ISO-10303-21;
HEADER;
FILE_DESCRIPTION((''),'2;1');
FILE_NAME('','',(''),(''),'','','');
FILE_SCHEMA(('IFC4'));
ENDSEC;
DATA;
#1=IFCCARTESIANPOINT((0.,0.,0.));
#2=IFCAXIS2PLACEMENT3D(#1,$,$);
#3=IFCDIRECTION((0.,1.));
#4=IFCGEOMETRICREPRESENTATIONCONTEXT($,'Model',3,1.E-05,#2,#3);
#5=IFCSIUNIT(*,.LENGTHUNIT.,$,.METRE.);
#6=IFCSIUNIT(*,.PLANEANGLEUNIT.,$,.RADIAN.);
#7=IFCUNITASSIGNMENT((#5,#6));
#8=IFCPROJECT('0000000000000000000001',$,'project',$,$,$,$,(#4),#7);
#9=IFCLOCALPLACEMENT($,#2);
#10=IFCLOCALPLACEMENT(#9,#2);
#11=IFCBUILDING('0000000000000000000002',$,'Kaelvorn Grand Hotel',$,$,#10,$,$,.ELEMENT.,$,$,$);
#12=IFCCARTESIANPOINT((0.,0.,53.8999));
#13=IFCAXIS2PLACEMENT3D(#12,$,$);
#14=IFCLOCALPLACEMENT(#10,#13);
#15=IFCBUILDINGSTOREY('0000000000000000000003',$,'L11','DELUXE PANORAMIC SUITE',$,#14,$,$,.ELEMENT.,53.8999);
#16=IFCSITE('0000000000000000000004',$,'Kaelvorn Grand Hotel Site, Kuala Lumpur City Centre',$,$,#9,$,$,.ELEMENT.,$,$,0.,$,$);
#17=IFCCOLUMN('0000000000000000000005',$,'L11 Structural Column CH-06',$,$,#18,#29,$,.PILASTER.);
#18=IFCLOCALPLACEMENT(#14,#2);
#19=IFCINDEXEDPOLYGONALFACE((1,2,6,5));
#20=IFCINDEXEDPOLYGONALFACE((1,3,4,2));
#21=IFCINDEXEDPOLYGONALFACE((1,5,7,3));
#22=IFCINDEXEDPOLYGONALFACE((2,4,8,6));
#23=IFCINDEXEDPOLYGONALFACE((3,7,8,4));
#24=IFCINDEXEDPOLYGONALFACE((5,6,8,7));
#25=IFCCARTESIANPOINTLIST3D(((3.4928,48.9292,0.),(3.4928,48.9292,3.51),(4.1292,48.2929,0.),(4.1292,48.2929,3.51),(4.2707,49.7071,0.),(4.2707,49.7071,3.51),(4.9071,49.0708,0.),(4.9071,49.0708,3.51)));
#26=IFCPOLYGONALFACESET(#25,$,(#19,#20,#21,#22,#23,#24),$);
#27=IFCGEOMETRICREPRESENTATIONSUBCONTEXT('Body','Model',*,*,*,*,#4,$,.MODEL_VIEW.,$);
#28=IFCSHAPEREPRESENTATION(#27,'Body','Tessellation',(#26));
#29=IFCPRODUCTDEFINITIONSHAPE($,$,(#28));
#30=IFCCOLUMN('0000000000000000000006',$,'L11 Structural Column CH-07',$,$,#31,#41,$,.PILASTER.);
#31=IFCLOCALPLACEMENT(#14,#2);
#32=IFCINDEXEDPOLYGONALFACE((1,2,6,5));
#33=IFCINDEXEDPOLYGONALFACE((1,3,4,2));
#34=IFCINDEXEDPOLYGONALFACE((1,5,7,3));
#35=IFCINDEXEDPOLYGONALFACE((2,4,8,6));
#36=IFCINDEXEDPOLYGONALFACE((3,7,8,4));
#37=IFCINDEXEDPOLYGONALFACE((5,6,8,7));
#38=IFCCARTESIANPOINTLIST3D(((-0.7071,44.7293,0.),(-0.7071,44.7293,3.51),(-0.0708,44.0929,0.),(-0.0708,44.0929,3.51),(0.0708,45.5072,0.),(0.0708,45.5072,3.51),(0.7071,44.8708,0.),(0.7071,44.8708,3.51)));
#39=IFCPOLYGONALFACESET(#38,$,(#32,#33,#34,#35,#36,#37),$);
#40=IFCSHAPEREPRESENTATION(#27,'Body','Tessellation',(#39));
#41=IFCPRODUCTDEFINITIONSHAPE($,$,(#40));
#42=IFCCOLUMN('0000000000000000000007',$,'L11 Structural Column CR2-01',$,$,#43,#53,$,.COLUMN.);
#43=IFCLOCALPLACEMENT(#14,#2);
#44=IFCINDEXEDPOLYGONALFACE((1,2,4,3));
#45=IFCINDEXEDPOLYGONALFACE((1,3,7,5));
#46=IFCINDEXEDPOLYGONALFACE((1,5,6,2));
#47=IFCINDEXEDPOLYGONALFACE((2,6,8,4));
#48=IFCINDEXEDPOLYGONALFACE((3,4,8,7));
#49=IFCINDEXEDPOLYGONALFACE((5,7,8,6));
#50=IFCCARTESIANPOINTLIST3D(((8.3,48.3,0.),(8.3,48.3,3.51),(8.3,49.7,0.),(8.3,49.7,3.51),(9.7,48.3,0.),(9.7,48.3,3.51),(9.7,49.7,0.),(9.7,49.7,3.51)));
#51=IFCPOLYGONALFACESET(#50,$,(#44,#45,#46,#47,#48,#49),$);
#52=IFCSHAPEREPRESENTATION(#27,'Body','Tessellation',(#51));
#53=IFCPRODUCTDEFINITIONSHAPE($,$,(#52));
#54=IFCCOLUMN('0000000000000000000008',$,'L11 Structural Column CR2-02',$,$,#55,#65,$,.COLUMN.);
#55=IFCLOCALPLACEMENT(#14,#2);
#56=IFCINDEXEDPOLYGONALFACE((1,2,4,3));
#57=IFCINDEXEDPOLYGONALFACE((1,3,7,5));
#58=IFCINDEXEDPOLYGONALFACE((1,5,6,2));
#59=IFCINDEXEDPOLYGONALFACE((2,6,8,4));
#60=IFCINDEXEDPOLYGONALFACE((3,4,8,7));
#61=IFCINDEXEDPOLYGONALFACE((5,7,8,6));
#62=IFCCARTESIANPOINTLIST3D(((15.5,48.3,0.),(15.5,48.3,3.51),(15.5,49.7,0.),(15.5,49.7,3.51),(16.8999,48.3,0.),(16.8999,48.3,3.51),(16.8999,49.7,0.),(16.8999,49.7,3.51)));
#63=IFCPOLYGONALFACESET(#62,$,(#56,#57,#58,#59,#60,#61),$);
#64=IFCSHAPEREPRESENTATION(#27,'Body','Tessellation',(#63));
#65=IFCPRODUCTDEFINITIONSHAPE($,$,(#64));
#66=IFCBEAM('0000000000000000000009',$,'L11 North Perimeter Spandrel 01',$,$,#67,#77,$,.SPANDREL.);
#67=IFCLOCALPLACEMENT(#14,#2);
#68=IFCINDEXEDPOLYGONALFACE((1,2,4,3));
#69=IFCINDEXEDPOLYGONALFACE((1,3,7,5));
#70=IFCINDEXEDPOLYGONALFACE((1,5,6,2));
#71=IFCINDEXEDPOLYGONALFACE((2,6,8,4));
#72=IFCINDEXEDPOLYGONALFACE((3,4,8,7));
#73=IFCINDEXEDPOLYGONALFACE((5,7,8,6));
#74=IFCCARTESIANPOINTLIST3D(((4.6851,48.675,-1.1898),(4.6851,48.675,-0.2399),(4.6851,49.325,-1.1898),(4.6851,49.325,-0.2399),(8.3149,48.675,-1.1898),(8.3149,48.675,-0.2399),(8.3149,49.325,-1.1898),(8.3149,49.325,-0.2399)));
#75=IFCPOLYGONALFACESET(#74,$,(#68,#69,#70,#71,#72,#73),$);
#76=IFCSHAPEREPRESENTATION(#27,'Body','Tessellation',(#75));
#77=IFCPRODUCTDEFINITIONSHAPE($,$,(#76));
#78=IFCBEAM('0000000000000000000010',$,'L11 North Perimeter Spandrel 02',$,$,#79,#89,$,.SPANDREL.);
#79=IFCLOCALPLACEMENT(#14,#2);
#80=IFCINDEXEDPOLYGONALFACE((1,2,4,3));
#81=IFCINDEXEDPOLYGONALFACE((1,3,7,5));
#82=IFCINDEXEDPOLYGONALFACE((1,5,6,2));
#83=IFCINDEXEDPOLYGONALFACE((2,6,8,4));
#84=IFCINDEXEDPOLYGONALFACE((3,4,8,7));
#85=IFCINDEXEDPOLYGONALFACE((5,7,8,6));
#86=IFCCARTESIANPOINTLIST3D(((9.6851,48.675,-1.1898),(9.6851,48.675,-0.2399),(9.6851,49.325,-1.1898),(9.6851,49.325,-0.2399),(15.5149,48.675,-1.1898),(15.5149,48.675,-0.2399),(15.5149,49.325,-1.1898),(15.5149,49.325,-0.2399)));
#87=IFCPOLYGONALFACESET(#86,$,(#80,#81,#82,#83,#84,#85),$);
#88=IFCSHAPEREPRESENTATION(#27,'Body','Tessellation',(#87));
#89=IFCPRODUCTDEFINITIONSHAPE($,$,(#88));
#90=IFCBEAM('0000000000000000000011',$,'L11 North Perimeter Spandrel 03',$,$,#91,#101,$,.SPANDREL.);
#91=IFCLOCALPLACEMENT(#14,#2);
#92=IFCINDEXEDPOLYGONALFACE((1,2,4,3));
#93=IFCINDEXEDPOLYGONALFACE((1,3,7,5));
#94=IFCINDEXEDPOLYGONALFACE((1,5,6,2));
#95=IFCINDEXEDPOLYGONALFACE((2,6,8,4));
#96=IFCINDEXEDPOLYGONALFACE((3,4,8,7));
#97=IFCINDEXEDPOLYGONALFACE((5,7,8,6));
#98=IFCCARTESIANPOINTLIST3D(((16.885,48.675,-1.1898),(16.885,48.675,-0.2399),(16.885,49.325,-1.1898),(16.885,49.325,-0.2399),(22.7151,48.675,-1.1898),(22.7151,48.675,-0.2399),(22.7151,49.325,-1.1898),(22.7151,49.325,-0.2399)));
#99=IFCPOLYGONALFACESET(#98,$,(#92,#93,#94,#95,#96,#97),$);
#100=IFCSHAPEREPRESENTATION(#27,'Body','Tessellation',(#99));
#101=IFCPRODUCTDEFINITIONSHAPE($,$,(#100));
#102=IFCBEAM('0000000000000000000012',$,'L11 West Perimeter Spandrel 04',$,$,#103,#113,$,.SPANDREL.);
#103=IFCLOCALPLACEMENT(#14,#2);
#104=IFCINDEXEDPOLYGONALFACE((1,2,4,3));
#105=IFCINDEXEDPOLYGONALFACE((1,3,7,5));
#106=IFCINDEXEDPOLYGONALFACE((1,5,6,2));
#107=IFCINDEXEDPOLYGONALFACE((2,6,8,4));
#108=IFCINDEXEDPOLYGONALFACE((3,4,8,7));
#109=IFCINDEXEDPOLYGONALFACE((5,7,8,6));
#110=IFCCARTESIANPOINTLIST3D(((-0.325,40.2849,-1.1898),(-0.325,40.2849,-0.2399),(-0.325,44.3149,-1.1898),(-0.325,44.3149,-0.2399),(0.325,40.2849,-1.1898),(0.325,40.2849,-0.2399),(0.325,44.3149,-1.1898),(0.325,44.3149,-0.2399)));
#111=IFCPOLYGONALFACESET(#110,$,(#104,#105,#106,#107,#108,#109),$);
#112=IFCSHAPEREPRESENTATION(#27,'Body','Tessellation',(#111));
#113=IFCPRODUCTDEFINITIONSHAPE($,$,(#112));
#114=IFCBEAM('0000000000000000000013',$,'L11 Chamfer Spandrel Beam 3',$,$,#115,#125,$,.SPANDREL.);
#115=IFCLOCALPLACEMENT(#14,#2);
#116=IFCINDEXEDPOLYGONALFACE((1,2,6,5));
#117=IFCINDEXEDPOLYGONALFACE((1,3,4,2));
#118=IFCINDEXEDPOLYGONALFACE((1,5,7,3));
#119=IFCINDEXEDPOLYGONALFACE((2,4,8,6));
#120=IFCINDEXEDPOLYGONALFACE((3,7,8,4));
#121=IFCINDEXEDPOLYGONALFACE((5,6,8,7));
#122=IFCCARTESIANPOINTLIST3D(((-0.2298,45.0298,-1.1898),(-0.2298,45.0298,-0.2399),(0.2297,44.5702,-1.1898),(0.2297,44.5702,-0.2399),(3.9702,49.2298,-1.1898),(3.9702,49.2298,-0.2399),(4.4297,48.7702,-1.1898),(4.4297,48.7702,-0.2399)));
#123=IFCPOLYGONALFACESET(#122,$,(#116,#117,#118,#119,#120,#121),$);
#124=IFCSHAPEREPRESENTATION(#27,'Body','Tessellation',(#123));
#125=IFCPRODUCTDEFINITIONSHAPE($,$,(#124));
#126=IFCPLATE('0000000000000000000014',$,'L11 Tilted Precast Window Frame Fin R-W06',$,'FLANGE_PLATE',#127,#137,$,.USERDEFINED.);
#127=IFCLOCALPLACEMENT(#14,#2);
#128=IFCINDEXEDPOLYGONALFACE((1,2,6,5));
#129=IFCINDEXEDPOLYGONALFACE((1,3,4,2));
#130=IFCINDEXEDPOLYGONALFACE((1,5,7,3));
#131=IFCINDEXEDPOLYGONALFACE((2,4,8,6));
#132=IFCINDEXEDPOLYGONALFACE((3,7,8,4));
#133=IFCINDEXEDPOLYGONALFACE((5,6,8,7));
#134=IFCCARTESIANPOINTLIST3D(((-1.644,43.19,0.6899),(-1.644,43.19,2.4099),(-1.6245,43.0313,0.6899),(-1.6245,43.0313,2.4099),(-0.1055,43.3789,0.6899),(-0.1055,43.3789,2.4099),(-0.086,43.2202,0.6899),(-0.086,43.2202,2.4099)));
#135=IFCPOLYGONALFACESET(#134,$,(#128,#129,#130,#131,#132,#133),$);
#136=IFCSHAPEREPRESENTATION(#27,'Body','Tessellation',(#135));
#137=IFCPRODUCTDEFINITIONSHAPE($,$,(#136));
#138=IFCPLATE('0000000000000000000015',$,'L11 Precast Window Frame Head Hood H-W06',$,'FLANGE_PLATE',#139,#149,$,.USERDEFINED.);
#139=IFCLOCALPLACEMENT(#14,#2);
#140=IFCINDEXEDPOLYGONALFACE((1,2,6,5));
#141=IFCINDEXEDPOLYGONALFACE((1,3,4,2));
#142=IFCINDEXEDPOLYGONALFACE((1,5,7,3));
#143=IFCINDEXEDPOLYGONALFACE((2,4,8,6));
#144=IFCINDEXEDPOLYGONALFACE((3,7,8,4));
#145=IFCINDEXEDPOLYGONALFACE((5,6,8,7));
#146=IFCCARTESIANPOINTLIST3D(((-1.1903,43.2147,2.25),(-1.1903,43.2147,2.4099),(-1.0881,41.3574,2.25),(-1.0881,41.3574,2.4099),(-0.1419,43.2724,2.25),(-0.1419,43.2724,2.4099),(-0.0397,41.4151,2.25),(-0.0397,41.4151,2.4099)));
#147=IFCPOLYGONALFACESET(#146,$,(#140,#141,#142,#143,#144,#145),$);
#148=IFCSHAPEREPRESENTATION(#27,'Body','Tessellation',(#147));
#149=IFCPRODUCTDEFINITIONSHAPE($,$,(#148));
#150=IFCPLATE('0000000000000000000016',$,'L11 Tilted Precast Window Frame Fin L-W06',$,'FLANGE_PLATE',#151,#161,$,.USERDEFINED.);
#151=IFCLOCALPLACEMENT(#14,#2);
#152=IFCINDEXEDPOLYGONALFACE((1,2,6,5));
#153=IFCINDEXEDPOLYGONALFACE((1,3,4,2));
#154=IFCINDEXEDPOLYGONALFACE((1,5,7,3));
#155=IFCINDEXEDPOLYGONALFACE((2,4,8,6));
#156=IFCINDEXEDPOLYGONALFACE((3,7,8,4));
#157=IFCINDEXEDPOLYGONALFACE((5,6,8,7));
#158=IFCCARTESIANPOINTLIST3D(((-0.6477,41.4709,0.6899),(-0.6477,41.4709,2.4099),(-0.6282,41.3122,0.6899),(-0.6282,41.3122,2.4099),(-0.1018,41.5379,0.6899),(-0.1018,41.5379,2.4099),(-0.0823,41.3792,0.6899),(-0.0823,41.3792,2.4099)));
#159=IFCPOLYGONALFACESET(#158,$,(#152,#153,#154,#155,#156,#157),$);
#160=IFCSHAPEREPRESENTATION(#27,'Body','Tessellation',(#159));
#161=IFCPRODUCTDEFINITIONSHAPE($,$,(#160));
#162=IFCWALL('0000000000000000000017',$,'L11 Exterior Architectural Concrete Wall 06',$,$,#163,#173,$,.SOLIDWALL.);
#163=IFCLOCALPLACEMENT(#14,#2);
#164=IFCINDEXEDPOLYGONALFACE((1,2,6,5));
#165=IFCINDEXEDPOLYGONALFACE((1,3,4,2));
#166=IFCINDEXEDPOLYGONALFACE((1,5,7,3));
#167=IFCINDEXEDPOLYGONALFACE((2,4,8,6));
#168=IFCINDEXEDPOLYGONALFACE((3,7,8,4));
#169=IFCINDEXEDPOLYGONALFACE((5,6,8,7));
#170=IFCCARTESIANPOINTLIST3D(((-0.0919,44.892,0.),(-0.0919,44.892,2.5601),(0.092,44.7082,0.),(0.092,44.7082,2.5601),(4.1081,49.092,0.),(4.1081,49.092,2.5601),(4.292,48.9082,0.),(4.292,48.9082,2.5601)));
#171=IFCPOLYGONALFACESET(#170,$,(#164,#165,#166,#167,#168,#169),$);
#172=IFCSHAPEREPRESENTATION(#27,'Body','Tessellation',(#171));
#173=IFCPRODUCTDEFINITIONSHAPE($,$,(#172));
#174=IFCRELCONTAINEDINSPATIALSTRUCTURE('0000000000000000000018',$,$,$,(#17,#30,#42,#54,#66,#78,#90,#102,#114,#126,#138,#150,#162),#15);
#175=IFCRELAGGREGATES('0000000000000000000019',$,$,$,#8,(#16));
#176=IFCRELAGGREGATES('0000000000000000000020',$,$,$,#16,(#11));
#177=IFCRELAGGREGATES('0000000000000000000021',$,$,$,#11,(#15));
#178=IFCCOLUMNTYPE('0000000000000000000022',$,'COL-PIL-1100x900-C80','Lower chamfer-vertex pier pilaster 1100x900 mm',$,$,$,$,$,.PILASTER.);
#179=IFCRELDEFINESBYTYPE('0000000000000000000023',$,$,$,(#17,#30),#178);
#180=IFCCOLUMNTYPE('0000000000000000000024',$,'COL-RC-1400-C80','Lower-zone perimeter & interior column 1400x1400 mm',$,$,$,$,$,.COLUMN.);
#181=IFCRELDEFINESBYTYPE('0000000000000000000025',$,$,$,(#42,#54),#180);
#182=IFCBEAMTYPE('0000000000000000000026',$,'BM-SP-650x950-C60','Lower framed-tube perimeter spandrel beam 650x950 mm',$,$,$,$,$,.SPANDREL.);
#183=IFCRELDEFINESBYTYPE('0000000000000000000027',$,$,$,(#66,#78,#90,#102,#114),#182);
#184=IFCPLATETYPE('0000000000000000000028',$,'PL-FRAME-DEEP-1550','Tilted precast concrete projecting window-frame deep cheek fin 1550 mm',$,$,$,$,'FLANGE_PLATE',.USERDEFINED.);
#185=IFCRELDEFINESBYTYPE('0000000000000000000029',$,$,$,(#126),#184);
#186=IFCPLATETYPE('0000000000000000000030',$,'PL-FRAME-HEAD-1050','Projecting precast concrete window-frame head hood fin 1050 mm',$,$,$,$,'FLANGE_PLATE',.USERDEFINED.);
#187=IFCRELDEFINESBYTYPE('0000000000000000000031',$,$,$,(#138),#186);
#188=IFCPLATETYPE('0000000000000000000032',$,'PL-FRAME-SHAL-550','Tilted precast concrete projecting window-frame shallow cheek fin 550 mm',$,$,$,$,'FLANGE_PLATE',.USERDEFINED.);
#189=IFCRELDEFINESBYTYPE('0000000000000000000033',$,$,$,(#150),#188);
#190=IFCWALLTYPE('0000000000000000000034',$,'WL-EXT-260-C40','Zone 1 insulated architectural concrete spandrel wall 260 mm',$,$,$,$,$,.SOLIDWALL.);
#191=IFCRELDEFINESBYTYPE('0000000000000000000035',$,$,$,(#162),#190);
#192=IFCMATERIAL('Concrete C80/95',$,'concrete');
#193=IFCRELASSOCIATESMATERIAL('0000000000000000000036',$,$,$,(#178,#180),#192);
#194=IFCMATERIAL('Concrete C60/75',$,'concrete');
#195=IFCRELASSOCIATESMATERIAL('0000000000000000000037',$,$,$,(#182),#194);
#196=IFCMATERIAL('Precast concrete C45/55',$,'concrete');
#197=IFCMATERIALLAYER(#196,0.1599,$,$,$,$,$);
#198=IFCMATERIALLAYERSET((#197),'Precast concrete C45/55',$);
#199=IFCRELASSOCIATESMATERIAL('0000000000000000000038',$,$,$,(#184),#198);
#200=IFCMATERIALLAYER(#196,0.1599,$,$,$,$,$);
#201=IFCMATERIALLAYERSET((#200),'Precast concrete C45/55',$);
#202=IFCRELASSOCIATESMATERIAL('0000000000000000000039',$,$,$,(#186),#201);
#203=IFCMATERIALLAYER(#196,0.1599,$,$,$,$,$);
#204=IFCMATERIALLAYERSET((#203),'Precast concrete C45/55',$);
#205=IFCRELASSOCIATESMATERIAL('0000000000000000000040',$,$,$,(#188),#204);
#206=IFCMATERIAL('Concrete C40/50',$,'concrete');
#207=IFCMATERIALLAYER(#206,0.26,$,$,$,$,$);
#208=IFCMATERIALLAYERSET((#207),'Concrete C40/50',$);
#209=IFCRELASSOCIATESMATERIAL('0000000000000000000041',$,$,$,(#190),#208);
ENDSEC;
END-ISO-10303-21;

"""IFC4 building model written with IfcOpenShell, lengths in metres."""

from ifc_helpers import new_model, si_unit, direction, frame, frame_2d, origin, origin_2d, place, context, subcontext, project, spatial, rectangle, extrude, material, layer, layer_set, material_profile, profile_set, type_object, element, save


model = new_model("IFC4")

# Units and contexts
model_context = context("Model", 3, precision=1e-05, world=origin(), true_north=direction((0.0, 1.0)))
body_context = subcontext(model_context, "Body", "Model", "MODEL_VIEW")
ifc_project = project(units=[si_unit("LENGTHUNIT", "METRE"), si_unit("PLANEANGLEUNIT", "RADIAN")], contexts=[model_context])

# Site, building, storey
site_placement = place(None, origin())
site = spatial("IfcSite", under=ifc_project, at=site_placement, Name="Kaelvorn Grand Hotel Site, Kuala Lumpur City Centre", CompositionType="ELEMENT", RefElevation=0.0)
building_placement = place(site_placement, origin())
building = spatial("IfcBuilding", under=site, at=building_placement, Name="Kaelvorn Grand Hotel", CompositionType="ELEMENT")
storey_placement = place(building_placement, frame((0.0, 0.0, 53.8999)))
storey = spatial("IfcBuildingStorey", under=building, at=storey_placement, Name="L11", Description="DELUXE PANORAMIC SUITE", CompositionType="ELEMENT", Elevation=53.8999)

# Columns
ifc_material_1 = material(Name="Concrete C80/95", Category="concrete")
ifc_material_profile_1 = material_profile(ifc_material_1, rectangle(XDim=1.1001, YDim=0.8999, at=origin_2d()), Name="RC PILASTER 1100x900")
ifc_profile_set_1 = profile_set([ifc_material_profile_1], Name="Concrete C80/95")
column_type_1 = type_object("IfcColumnType", Name="COL-PIL-1100x900-C80", Description="Lower chamfer-vertex pier pilaster 1100x900 mm", PredefinedType="PILASTER", material=ifc_profile_set_1)
for number, where, z_axis, x_axis, name in (
    (1, (4.2, 49.0, 0.0), (0.0, 0.0, 1.0), (0.707107, 0.707107, 0.0), "L11 Structural Column CH-06"),
    (2, (0.0, 44.8, 0.0), (0.0, 0.0, 1.0), (0.707107, 0.707107, 0.0), "L11 Structural Column CH-07"),
):
    element("IfcColumn", number, at=place(storey_placement, frame(where, z_axis=z_axis, x_axis=x_axis)), inside=storey, type_object=column_type_1, Name=name, PredefinedType="PILASTER", context=body_context, shape_type="SweptSolid", body=[
        extrude(rectangle(XDim=1.1001, YDim=0.8999, at=origin_2d()), origin(), (0.0, 0.0, 1.0), 3.51),
    ])
ifc_material_profile_2 = material_profile(ifc_material_1, rectangle(XDim=1.3999, YDim=1.3999, at=origin_2d()), Name="RC COL 1400x1400")
ifc_profile_set_2 = profile_set([ifc_material_profile_2], Name="Concrete C80/95")
column_type_2 = type_object("IfcColumnType", Name="COL-RC-1400-C80", Description="Lower-zone perimeter & interior column 1400x1400 mm", PredefinedType="COLUMN", material=ifc_profile_set_2)
for number, where, z_axis, x_axis, name in (
    (3, (9.0, 49.0, 0.0), (0.0, 0.0, 1.0), (1.0, 0.0, 0.0), "L11 Structural Column CR2-01"),
    (4, (16.2, 49.0, 0.0), (0.0, 0.0, 1.0), (1.0, 0.0, 0.0), "L11 Structural Column CR2-02"),
):
    element("IfcColumn", number, at=place(storey_placement, frame(where, z_axis=z_axis, x_axis=x_axis)), inside=storey, type_object=column_type_2, Name=name, PredefinedType="COLUMN", context=body_context, shape_type="SweptSolid", body=[
        extrude(rectangle(XDim=1.3999, YDim=1.3999, at=origin_2d()), origin(), (0.0, 0.0, 1.0), 3.51),
    ])

# Beams
ifc_material_2 = material(Name="Concrete C60/75", Category="concrete")
ifc_material_profile_3 = material_profile(ifc_material_2, rectangle(XDim=0.6499, YDim=0.95, at=origin_2d()), Name="RC SPANDREL 650x950")
ifc_profile_set_3 = profile_set([ifc_material_profile_3], Name="Concrete C60/75")
beam_type = type_object("IfcBeamType", Name="BM-SP-650x950-C60", Description="Lower framed-tube perimeter spandrel beam 650x950 mm", PredefinedType="SPANDREL", material=ifc_profile_set_3)
beam_1_placement = place(storey_placement, frame((4.6851, 49.0, -0.7148), z_axis=(1.0, 0.0, 0.0), x_axis=(0.0, 1.0, 0.0)))
element("IfcBeam", 5, at=beam_1_placement, inside=storey, type_object=beam_type, Name="L11 North Perimeter Spandrel 01", PredefinedType="SPANDREL", context=body_context, shape_type="SweptSolid", body=[
    extrude(rectangle(XDim=0.6499, YDim=0.95, at=origin_2d()), origin(), (0.0, 0.0, 1.0), 3.6299),
])
beam_2_placement = place(storey_placement, frame((9.6851, 49.0, -0.7148), z_axis=(1.0, 0.0, 0.0), x_axis=(0.0, 1.0, 0.0)))
element("IfcBeam", 6, at=beam_2_placement, inside=storey, type_object=beam_type, Name="L11 North Perimeter Spandrel 02", PredefinedType="SPANDREL", context=body_context, shape_type="SweptSolid", body=[
    extrude(rectangle(XDim=0.6499, YDim=0.95, at=origin_2d()), origin(), (0.0, 0.0, 1.0), 5.8298),
])
beam_3_placement = place(storey_placement, frame((16.885, 49.0, -0.7148), z_axis=(1.0, 0.0, 0.0), x_axis=(0.0, 1.0, 0.0)))
element("IfcBeam", 7, at=beam_3_placement, inside=storey, type_object=beam_type, Name="L11 North Perimeter Spandrel 03", PredefinedType="SPANDREL", context=body_context, shape_type="SweptSolid", body=[
    extrude(rectangle(XDim=0.6499, YDim=0.95, at=origin_2d()), origin(), (0.0, 0.0, 1.0), 5.8301),
])
beam_4_placement = place(storey_placement, frame((0.0, 40.2849, -0.7148), z_axis=(0.0, 1.0, 0.0), x_axis=(-1.0, 0.0, 0.0)))
element("IfcBeam", 8, at=beam_4_placement, inside=storey, type_object=beam_type, Name="L11 West Perimeter Spandrel 04", PredefinedType="SPANDREL", context=body_context, shape_type="SweptSolid", body=[
    extrude(rectangle(XDim=0.6499, YDim=0.95, at=origin_2d()), origin(), (0.0, 0.0, 1.0), 4.03),
])
beam_5_placement = place(storey_placement, frame((4.2, 49.0, -0.7148), z_axis=(-0.707107, -0.707107, 0.0), x_axis=(0.707107, -0.707107, 0.0)))
element("IfcBeam", 9, at=beam_5_placement, inside=storey, type_object=beam_type, Name="L11 Chamfer Spandrel Beam 3", PredefinedType="SPANDREL", context=body_context, shape_type="SweptSolid", body=[
    extrude(rectangle(XDim=0.6499, YDim=0.95, at=origin_2d()), origin(), (0.0, 0.0, 1.0), 5.9397),
])

# Plates
ifc_material_3 = material(Name="Precast concrete C45/55", Category="concrete")
ifc_layer_1 = layer(ifc_material_3, 0.1599)
ifc_layer_set_1 = layer_set([ifc_layer_1], Name="Precast concrete C45/55")
plate_type_1 = type_object("IfcPlateType", Name="PL-FRAME-DEEP-1550", Description="Tilted precast concrete projecting window-frame deep cheek fin 1550 mm", ElementType="FLANGE_PLATE", PredefinedType="USERDEFINED", material=ifc_layer_set_1)
plate_1_placement = place(storey_placement, frame((-0.865, 43.2051, 0.6899), z_axis=(0.0, 0.0, 1.0), x_axis=(-0.121869, 0.992546, 0.0)))
element("IfcPlate", 10, at=plate_1_placement, inside=storey, type_object=plate_type_1, Name="L11 Tilted Precast Window Frame Fin R-W06", ObjectType="FLANGE_PLATE", PredefinedType="USERDEFINED", context=body_context, shape_type="SweptSolid", body=[
    extrude(rectangle(XDim=0.1599, YDim=1.55, at=origin_2d()), origin(), (0.0, 0.0, 1.0), 1.72),
])
ifc_layer_2 = layer(ifc_material_3, 0.1599)
ifc_layer_set_2 = layer_set([ifc_layer_2], Name="Precast concrete C45/55")
plate_type_2 = type_object("IfcPlateType", Name="PL-FRAME-HEAD-1050", Description="Projecting precast concrete window-frame head hood fin 1050 mm", ElementType="FLANGE_PLATE", PredefinedType="USERDEFINED", material=ifc_layer_set_2)
plate_2_placement = place(storey_placement, frame((-0.615, 42.3149, 2.25), z_axis=(0.0, 0.0, 1.0), x_axis=(-0.05495, 0.998489, 0.0)))
element("IfcPlate", 11, at=plate_2_placement, inside=storey, type_object=plate_type_2, Name="L11 Precast Window Frame Head Hood H-W06", ObjectType="FLANGE_PLATE", PredefinedType="USERDEFINED", context=body_context, shape_type="SweptSolid", body=[
    extrude(rectangle(XDim=1.8601, YDim=1.05, at=origin_2d()), origin(), (0.0, 0.0, 1.0), 0.1599),
])
ifc_layer_3 = layer(ifc_material_3, 0.1599)
ifc_layer_set_3 = layer_set([ifc_layer_3], Name="Precast concrete C45/55")
plate_type_3 = type_object("IfcPlateType", Name="PL-FRAME-SHAL-550", Description="Tilted precast concrete projecting window-frame shallow cheek fin 550 mm", ElementType="FLANGE_PLATE", PredefinedType="USERDEFINED", material=ifc_layer_set_3)
plate_3_placement = place(storey_placement, frame((-0.365, 41.425, 0.6899), z_axis=(0.0, 0.0, 1.0), x_axis=(-0.121869, 0.992546, 0.0)))
element("IfcPlate", 12, at=plate_3_placement, inside=storey, type_object=plate_type_3, Name="L11 Tilted Precast Window Frame Fin L-W06", ObjectType="FLANGE_PLATE", PredefinedType="USERDEFINED", context=body_context, shape_type="SweptSolid", body=[
    extrude(rectangle(XDim=0.1599, YDim=0.55, at=origin_2d()), origin(), (0.0, 0.0, 1.0), 1.72),
])

# Wall
ifc_material_4 = material(Name="Concrete C40/50", Category="concrete")
ifc_layer_4 = layer(ifc_material_4, 0.26)
ifc_layer_set_4 = layer_set([ifc_layer_4], Name="Concrete C40/50")
wall_type_1 = type_object("IfcWallType", Name="WL-EXT-260-C40", Description="Zone 1 insulated architectural concrete spandrel wall 260 mm", PredefinedType="SOLIDWALL", material=ifc_layer_set_4)
wall_1_placement = place(storey_placement, frame((4.2, 49.0, 0.0), z_axis=(0.0, 0.0, 1.0), x_axis=(-0.707107, -0.707107, 0.0)))
element("IfcWall", 13, at=wall_1_placement, inside=storey, type_object=wall_type_1, Name="L11 Exterior Architectural Concrete Wall 06", PredefinedType="SOLIDWALL", context=body_context, shape_type="SweptSolid", body=[
    extrude(rectangle(XDim=5.9397, YDim=0.26, at=frame_2d((2.9697, 0.0))), origin(), (0.0, 0.0, 1.0), 2.5601),
])

save(model, "model.ifc")
